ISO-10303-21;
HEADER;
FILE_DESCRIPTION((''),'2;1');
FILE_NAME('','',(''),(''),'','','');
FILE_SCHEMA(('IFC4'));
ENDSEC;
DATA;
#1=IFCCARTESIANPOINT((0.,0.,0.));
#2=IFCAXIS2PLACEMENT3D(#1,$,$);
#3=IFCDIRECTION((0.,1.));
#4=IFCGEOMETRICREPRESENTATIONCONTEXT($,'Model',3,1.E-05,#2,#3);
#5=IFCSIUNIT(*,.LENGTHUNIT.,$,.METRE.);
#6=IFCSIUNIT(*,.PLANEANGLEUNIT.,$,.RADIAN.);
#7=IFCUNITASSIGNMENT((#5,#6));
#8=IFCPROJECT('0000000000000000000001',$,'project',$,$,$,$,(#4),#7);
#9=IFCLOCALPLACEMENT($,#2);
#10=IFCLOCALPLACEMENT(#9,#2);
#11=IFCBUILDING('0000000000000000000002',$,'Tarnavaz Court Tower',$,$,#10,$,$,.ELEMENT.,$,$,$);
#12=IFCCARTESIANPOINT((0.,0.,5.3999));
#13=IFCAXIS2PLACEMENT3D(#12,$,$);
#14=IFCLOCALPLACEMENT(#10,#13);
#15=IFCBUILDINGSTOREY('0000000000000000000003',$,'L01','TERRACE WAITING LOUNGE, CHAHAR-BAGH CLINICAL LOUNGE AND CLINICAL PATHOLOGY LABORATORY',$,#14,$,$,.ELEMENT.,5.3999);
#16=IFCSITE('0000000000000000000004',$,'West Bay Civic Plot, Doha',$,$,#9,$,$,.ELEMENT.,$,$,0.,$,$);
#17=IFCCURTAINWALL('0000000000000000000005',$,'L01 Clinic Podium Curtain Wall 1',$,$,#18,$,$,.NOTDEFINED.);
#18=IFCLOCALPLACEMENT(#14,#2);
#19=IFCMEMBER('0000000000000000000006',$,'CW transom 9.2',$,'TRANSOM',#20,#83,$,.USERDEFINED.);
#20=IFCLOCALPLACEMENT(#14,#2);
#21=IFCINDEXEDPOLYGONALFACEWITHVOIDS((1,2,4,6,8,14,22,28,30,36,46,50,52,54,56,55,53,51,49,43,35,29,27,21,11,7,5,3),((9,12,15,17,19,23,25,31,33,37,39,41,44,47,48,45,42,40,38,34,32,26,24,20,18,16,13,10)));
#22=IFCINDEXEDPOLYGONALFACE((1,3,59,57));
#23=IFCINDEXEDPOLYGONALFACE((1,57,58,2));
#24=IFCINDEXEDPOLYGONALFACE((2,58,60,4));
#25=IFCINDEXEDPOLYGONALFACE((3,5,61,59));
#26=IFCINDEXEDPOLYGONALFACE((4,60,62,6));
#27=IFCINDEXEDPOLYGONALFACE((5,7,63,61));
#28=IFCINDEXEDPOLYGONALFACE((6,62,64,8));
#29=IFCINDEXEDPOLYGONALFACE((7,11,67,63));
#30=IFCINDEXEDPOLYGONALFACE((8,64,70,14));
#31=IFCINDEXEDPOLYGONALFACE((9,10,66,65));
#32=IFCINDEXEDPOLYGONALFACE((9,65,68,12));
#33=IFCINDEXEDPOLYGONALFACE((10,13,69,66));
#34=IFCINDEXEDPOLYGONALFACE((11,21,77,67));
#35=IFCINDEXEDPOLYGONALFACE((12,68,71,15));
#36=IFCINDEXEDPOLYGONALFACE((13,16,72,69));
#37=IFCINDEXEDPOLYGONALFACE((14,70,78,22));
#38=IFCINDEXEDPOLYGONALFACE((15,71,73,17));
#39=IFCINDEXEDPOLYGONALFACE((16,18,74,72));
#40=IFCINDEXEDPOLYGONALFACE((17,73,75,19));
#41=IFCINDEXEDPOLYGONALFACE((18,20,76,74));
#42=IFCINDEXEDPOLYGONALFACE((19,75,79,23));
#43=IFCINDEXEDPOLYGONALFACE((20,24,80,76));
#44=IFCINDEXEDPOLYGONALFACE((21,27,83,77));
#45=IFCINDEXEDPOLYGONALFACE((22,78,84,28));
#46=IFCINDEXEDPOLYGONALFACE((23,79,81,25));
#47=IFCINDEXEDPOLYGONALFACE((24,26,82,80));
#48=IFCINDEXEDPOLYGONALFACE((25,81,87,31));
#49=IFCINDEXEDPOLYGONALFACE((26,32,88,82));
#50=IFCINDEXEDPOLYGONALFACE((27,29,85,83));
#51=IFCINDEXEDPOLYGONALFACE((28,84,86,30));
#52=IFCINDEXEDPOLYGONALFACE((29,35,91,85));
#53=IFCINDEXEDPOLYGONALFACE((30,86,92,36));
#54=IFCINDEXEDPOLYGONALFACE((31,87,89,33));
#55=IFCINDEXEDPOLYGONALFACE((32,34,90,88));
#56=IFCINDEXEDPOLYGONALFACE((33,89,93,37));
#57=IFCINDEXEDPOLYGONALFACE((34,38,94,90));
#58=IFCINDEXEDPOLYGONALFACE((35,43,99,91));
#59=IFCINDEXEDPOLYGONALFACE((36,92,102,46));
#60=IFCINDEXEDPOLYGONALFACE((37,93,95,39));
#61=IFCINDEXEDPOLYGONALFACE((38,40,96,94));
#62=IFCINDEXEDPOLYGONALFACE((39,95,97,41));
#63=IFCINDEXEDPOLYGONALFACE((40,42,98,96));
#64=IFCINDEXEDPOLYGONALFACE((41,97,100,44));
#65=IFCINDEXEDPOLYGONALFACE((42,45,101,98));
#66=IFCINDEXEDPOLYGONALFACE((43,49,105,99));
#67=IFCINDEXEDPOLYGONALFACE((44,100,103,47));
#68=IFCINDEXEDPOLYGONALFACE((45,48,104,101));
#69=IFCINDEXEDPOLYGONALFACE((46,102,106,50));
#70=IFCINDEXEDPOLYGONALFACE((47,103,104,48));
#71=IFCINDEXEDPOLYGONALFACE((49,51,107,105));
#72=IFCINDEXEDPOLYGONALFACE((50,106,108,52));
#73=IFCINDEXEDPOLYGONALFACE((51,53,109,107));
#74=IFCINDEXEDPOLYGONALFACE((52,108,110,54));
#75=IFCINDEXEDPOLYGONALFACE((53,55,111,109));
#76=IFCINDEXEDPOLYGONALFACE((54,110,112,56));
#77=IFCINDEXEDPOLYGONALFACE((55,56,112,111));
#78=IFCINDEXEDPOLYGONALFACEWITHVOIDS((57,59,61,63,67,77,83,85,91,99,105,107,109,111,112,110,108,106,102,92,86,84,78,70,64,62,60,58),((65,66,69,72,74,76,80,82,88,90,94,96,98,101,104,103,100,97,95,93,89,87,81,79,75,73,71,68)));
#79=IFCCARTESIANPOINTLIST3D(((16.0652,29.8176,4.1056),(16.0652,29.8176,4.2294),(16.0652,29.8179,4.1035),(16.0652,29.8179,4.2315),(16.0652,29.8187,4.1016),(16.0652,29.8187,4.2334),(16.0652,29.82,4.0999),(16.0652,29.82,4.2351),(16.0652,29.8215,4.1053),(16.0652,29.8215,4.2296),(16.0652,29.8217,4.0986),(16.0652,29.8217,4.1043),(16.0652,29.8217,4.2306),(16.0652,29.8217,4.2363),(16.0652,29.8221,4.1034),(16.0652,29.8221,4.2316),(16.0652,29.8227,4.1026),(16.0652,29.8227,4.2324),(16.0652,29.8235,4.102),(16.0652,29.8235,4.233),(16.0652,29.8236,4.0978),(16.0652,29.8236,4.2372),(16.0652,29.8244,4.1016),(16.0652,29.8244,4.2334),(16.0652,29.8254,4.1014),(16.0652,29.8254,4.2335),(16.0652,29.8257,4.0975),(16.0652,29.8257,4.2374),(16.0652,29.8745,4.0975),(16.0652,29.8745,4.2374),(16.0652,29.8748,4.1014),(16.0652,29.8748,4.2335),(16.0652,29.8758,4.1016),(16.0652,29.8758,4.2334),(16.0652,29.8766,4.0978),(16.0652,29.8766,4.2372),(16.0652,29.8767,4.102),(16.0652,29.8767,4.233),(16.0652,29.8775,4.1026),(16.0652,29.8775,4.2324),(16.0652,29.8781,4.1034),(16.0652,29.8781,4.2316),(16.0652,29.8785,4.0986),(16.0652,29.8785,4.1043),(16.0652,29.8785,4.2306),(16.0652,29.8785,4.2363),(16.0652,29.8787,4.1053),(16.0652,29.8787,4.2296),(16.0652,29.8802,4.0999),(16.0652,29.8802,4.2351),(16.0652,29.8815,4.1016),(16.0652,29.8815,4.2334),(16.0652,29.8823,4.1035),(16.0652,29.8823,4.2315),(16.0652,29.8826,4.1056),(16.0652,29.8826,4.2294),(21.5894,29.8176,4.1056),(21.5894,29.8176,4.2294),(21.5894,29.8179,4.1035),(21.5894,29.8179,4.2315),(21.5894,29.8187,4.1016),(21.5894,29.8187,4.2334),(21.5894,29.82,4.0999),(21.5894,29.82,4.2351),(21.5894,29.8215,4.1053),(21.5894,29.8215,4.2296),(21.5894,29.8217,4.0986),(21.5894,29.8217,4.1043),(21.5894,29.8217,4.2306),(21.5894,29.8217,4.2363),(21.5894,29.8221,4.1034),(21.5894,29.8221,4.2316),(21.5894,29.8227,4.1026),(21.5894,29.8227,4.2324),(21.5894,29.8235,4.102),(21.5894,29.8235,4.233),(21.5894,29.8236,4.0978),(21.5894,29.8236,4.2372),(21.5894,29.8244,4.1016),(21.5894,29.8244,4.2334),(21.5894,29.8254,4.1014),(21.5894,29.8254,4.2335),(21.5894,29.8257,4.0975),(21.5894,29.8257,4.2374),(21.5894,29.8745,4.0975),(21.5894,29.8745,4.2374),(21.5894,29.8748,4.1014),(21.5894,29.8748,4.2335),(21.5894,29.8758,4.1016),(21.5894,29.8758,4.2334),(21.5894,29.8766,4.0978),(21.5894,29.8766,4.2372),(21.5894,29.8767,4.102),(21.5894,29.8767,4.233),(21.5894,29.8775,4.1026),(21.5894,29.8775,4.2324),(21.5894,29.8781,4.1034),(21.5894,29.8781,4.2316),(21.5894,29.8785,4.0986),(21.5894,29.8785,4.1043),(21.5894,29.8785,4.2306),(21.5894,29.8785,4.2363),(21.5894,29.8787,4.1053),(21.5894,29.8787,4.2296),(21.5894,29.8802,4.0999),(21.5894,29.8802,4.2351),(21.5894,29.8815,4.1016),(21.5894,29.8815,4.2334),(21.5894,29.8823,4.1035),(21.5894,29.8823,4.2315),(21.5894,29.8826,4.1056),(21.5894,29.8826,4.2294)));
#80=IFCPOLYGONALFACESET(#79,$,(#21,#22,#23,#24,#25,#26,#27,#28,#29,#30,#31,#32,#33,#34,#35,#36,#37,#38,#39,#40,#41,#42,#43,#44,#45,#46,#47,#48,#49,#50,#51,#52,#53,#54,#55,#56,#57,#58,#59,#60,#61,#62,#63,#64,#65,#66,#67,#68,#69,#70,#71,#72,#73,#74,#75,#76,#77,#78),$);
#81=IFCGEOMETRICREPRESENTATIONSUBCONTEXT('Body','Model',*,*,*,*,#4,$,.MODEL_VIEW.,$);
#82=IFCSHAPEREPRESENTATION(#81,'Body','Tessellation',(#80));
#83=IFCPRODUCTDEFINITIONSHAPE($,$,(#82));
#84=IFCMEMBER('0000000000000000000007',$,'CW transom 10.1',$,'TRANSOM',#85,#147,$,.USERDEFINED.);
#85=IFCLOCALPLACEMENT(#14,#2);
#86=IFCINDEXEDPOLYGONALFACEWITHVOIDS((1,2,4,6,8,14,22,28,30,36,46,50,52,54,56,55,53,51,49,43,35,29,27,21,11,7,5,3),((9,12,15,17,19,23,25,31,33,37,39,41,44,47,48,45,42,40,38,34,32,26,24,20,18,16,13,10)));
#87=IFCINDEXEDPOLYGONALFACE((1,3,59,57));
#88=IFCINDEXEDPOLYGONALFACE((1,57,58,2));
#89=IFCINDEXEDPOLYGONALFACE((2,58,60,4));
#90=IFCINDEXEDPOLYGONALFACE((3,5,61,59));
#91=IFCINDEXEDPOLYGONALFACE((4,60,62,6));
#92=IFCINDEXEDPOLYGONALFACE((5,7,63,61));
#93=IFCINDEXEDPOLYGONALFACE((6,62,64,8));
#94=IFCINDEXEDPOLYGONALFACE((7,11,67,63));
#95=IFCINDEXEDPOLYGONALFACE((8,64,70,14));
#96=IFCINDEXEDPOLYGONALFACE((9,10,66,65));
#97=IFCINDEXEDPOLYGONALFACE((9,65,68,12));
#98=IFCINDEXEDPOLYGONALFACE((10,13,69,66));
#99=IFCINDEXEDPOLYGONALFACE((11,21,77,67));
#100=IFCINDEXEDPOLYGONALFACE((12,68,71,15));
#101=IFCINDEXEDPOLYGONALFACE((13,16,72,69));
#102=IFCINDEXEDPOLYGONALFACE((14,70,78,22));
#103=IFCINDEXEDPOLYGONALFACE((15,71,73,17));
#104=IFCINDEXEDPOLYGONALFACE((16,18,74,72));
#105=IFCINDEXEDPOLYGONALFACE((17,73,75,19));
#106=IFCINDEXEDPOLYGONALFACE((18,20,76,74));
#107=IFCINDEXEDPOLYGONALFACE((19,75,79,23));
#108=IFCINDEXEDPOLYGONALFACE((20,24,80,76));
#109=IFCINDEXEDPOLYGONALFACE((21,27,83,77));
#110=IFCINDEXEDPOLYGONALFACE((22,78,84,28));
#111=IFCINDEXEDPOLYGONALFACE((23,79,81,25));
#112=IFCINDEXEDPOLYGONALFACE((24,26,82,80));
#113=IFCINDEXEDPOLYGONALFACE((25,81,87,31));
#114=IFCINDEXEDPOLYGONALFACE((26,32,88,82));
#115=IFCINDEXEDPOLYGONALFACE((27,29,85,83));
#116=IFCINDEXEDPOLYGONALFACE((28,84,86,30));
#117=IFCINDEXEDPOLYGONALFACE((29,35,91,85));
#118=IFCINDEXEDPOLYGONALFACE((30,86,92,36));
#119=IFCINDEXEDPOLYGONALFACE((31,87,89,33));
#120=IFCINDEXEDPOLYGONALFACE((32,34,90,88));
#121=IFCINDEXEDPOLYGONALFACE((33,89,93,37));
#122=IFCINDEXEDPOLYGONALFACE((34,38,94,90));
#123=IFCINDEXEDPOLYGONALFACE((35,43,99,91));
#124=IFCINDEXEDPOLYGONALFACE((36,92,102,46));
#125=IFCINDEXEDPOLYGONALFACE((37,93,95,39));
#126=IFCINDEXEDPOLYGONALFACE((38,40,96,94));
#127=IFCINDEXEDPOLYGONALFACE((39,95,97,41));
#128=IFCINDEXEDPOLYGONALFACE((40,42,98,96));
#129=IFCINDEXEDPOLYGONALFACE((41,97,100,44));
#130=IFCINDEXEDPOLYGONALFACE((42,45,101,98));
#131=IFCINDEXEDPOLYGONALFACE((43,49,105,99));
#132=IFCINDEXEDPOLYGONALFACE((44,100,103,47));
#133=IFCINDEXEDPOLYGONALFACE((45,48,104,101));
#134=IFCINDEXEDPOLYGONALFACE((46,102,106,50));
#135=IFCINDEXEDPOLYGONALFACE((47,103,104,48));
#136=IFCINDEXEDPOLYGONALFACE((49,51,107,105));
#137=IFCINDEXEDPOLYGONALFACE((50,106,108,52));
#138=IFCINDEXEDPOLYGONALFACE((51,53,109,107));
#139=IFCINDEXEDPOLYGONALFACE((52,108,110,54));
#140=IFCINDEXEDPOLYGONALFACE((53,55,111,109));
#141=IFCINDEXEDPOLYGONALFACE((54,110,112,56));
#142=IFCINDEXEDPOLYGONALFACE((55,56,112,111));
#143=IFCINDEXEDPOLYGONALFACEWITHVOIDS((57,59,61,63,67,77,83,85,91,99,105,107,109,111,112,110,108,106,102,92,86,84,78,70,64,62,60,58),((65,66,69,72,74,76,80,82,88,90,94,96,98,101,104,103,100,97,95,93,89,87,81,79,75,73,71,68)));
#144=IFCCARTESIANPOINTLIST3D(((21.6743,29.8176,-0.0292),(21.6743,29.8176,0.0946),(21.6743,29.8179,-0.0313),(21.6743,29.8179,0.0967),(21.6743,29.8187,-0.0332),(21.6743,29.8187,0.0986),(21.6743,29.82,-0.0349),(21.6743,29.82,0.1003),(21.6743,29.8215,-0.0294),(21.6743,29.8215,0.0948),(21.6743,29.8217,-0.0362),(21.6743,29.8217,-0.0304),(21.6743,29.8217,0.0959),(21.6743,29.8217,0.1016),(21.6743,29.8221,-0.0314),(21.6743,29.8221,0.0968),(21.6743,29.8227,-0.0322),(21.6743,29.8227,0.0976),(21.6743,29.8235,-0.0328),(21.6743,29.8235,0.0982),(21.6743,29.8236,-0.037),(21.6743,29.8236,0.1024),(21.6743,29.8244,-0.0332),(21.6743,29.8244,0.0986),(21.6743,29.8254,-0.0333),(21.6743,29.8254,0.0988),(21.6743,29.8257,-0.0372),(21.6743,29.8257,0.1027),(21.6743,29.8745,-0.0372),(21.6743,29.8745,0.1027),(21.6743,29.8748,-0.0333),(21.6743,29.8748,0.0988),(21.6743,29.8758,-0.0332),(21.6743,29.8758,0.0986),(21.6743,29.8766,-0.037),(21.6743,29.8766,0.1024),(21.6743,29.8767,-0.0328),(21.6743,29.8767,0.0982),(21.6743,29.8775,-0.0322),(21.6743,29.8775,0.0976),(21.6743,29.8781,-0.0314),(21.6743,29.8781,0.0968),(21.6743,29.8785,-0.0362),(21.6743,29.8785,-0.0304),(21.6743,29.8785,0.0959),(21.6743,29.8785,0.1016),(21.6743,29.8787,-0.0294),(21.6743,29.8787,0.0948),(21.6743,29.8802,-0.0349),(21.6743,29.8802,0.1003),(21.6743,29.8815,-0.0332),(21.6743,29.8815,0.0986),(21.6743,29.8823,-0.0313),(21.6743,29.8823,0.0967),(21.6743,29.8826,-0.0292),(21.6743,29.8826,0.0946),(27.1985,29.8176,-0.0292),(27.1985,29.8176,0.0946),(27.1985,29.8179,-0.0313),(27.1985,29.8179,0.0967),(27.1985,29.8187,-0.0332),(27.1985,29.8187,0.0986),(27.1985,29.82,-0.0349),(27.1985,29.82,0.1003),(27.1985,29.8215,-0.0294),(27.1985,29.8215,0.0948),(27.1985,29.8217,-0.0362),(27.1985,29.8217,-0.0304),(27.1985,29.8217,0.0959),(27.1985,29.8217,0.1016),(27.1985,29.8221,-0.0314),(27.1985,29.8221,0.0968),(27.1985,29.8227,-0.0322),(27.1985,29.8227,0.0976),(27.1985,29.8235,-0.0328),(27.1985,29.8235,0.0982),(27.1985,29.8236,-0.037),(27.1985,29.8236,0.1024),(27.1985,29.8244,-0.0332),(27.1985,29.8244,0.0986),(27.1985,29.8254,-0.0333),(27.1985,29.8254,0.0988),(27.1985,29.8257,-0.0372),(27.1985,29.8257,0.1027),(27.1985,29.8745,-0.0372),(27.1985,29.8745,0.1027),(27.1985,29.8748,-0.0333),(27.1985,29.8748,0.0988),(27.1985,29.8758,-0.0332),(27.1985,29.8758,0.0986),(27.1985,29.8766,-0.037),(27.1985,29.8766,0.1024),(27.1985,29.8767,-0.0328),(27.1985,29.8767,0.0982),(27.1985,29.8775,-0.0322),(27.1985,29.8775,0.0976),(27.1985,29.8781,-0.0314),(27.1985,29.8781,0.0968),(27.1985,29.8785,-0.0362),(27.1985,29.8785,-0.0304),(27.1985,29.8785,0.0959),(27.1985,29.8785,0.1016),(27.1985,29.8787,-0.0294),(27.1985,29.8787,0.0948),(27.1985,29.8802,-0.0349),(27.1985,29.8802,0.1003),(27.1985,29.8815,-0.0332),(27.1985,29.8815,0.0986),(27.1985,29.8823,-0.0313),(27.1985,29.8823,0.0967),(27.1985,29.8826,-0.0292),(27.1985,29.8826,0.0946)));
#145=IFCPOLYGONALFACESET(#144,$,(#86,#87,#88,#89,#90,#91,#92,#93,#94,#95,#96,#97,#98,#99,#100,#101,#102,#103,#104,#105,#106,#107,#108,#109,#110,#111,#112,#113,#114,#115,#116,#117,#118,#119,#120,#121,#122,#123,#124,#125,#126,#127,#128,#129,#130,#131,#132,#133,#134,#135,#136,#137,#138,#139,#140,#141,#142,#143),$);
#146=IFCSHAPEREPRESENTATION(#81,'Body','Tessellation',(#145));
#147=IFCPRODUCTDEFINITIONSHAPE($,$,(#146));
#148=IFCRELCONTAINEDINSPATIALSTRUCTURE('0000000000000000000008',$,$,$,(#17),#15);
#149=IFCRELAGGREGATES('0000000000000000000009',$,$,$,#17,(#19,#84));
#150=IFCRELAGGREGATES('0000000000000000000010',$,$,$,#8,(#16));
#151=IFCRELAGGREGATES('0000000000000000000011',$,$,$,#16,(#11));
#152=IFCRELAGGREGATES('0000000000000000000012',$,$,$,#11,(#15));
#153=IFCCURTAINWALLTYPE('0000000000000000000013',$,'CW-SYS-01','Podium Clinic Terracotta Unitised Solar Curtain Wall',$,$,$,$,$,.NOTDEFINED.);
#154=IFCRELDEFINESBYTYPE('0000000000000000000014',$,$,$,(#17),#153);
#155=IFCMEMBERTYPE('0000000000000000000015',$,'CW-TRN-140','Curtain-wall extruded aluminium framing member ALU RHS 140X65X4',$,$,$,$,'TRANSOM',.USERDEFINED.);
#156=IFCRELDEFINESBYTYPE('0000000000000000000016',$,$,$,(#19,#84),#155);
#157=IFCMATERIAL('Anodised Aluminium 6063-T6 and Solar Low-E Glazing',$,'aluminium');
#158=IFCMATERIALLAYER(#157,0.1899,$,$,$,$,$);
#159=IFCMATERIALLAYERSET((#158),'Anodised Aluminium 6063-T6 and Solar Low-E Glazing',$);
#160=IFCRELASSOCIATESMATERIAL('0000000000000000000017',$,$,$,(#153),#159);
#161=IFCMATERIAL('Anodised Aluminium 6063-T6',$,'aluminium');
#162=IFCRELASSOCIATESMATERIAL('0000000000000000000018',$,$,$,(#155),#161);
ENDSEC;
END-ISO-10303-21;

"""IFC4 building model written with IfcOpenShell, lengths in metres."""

from ifc_helpers import new_model, si_unit, direction, frame, origin, origin_2d, place, context, subcontext, project, spatial, hollow_rectangle, extrude, material, layer, layer_set, material_profile, profile_set, type_object, element, aggregate, save


model = new_model("IFC4")

# Units and contexts
model_context = context("Model", 3, precision=1e-05, world=origin(), true_north=direction((0.0, 1.0)))
body_context = subcontext(model_context, "Body", "Model", "MODEL_VIEW")
ifc_project = project(units=[si_unit("LENGTHUNIT", "METRE"), si_unit("PLANEANGLEUNIT", "RADIAN")], contexts=[model_context])

# Site, building, storey
site_placement = place(None, origin())
site = spatial("IfcSite", under=ifc_project, at=site_placement, Name="West Bay Civic Plot, Doha", CompositionType="ELEMENT", RefElevation=0.0)
building_placement = place(site_placement, origin())
building = spatial("IfcBuilding", under=site, at=building_placement, Name="Tarnavaz Court Tower", CompositionType="ELEMENT")
storey_placement = place(building_placement, frame((0.0, 0.0, 5.3999)))
storey = spatial("IfcBuildingStorey", under=building, at=storey_placement, Name="L01", Description="TERRACE WAITING LOUNGE, CHAHAR-BAGH CLINICAL LOUNGE AND CLINICAL PATHOLOGY LABORATORY", CompositionType="ELEMENT", Elevation=5.3999)

# Curtain wall, members
ifc_material_1 = material(Name="Anodised Aluminium 6063-T6 and Solar Low-E Glazing", Category="aluminium")
ifc_layer_1 = layer(ifc_material_1, 0.1899)
ifc_layer_set_1 = layer_set([ifc_layer_1], Name="Anodised Aluminium 6063-T6 and Solar Low-E Glazing")
curtain_wall_type = type_object("IfcCurtainWallType", Name="CW-SYS-01", Description="Podium Clinic Terracotta Unitised Solar Curtain Wall", PredefinedType="NOTDEFINED", material=ifc_layer_set_1)
curtain_wall_placement = place(storey_placement, origin())
curtain_wall = element("IfcCurtainWall", 1, at=curtain_wall_placement, inside=storey, type_object=curtain_wall_type, Name="L01 Clinic Podium Curtain Wall 1", PredefinedType="NOTDEFINED")
ifc_material_2 = material(Name="Anodised Aluminium 6063-T6", Category="aluminium")
ifc_material_profile_1 = material_profile(ifc_material_2, hollow_rectangle(XDim=0.0649, YDim=0.1399, WallThickness=0.0039, InnerFilletRadius=0.0039, OuterFilletRadius=0.0081, at=origin_2d()), Name="ALU RHS 140X65X4")
ifc_profile_set_1 = profile_set([ifc_material_profile_1], Name="Anodised Aluminium 6063-T6")
member_type_1 = type_object("IfcMemberType", Name="CW-TRN-140", Description="Curtain-wall extruded aluminium framing member ALU RHS 140X65X4", ElementType="TRANSOM", PredefinedType="USERDEFINED", material=ifc_profile_set_1)
member_1_placement = place(storey_placement, frame((16.0652, 29.8501, 4.1675), z_axis=(1.0, 0.0, 0.0), x_axis=(0.0, 1.0, 0.0)))
member_1 = element("IfcMember", 2, at=member_1_placement, type_object=member_type_1, Name="CW transom 9.2", ObjectType="TRANSOM", PredefinedType="USERDEFINED", context=body_context, shape_type="SweptSolid", body=[
    extrude(hollow_rectangle(XDim=0.0649, YDim=0.1399, WallThickness=0.0039, InnerFilletRadius=0.0039, OuterFilletRadius=0.0081, at=origin_2d()), origin(), (0.0, 0.0, 1.0), 5.5242),
])
member_2_placement = place(storey_placement, frame((21.6743, 29.8501, 0.0327), z_axis=(1.0, 0.0, 0.0), x_axis=(0.0, 1.0, 0.0)))
member_2 = element("IfcMember", 3, at=member_2_placement, type_object=member_type_1, Name="CW transom 10.1", ObjectType="TRANSOM", PredefinedType="USERDEFINED", context=body_context, shape_type="SweptSolid", body=[
    extrude(hollow_rectangle(XDim=0.0649, YDim=0.1399, WallThickness=0.0039, InnerFilletRadius=0.0039, OuterFilletRadius=0.0081, at=origin_2d()), origin(), (0.0, 0.0, 1.0), 5.5242),
])
aggregate(curtain_wall, [member_1, member_2])

save(model, "model.ifc")
